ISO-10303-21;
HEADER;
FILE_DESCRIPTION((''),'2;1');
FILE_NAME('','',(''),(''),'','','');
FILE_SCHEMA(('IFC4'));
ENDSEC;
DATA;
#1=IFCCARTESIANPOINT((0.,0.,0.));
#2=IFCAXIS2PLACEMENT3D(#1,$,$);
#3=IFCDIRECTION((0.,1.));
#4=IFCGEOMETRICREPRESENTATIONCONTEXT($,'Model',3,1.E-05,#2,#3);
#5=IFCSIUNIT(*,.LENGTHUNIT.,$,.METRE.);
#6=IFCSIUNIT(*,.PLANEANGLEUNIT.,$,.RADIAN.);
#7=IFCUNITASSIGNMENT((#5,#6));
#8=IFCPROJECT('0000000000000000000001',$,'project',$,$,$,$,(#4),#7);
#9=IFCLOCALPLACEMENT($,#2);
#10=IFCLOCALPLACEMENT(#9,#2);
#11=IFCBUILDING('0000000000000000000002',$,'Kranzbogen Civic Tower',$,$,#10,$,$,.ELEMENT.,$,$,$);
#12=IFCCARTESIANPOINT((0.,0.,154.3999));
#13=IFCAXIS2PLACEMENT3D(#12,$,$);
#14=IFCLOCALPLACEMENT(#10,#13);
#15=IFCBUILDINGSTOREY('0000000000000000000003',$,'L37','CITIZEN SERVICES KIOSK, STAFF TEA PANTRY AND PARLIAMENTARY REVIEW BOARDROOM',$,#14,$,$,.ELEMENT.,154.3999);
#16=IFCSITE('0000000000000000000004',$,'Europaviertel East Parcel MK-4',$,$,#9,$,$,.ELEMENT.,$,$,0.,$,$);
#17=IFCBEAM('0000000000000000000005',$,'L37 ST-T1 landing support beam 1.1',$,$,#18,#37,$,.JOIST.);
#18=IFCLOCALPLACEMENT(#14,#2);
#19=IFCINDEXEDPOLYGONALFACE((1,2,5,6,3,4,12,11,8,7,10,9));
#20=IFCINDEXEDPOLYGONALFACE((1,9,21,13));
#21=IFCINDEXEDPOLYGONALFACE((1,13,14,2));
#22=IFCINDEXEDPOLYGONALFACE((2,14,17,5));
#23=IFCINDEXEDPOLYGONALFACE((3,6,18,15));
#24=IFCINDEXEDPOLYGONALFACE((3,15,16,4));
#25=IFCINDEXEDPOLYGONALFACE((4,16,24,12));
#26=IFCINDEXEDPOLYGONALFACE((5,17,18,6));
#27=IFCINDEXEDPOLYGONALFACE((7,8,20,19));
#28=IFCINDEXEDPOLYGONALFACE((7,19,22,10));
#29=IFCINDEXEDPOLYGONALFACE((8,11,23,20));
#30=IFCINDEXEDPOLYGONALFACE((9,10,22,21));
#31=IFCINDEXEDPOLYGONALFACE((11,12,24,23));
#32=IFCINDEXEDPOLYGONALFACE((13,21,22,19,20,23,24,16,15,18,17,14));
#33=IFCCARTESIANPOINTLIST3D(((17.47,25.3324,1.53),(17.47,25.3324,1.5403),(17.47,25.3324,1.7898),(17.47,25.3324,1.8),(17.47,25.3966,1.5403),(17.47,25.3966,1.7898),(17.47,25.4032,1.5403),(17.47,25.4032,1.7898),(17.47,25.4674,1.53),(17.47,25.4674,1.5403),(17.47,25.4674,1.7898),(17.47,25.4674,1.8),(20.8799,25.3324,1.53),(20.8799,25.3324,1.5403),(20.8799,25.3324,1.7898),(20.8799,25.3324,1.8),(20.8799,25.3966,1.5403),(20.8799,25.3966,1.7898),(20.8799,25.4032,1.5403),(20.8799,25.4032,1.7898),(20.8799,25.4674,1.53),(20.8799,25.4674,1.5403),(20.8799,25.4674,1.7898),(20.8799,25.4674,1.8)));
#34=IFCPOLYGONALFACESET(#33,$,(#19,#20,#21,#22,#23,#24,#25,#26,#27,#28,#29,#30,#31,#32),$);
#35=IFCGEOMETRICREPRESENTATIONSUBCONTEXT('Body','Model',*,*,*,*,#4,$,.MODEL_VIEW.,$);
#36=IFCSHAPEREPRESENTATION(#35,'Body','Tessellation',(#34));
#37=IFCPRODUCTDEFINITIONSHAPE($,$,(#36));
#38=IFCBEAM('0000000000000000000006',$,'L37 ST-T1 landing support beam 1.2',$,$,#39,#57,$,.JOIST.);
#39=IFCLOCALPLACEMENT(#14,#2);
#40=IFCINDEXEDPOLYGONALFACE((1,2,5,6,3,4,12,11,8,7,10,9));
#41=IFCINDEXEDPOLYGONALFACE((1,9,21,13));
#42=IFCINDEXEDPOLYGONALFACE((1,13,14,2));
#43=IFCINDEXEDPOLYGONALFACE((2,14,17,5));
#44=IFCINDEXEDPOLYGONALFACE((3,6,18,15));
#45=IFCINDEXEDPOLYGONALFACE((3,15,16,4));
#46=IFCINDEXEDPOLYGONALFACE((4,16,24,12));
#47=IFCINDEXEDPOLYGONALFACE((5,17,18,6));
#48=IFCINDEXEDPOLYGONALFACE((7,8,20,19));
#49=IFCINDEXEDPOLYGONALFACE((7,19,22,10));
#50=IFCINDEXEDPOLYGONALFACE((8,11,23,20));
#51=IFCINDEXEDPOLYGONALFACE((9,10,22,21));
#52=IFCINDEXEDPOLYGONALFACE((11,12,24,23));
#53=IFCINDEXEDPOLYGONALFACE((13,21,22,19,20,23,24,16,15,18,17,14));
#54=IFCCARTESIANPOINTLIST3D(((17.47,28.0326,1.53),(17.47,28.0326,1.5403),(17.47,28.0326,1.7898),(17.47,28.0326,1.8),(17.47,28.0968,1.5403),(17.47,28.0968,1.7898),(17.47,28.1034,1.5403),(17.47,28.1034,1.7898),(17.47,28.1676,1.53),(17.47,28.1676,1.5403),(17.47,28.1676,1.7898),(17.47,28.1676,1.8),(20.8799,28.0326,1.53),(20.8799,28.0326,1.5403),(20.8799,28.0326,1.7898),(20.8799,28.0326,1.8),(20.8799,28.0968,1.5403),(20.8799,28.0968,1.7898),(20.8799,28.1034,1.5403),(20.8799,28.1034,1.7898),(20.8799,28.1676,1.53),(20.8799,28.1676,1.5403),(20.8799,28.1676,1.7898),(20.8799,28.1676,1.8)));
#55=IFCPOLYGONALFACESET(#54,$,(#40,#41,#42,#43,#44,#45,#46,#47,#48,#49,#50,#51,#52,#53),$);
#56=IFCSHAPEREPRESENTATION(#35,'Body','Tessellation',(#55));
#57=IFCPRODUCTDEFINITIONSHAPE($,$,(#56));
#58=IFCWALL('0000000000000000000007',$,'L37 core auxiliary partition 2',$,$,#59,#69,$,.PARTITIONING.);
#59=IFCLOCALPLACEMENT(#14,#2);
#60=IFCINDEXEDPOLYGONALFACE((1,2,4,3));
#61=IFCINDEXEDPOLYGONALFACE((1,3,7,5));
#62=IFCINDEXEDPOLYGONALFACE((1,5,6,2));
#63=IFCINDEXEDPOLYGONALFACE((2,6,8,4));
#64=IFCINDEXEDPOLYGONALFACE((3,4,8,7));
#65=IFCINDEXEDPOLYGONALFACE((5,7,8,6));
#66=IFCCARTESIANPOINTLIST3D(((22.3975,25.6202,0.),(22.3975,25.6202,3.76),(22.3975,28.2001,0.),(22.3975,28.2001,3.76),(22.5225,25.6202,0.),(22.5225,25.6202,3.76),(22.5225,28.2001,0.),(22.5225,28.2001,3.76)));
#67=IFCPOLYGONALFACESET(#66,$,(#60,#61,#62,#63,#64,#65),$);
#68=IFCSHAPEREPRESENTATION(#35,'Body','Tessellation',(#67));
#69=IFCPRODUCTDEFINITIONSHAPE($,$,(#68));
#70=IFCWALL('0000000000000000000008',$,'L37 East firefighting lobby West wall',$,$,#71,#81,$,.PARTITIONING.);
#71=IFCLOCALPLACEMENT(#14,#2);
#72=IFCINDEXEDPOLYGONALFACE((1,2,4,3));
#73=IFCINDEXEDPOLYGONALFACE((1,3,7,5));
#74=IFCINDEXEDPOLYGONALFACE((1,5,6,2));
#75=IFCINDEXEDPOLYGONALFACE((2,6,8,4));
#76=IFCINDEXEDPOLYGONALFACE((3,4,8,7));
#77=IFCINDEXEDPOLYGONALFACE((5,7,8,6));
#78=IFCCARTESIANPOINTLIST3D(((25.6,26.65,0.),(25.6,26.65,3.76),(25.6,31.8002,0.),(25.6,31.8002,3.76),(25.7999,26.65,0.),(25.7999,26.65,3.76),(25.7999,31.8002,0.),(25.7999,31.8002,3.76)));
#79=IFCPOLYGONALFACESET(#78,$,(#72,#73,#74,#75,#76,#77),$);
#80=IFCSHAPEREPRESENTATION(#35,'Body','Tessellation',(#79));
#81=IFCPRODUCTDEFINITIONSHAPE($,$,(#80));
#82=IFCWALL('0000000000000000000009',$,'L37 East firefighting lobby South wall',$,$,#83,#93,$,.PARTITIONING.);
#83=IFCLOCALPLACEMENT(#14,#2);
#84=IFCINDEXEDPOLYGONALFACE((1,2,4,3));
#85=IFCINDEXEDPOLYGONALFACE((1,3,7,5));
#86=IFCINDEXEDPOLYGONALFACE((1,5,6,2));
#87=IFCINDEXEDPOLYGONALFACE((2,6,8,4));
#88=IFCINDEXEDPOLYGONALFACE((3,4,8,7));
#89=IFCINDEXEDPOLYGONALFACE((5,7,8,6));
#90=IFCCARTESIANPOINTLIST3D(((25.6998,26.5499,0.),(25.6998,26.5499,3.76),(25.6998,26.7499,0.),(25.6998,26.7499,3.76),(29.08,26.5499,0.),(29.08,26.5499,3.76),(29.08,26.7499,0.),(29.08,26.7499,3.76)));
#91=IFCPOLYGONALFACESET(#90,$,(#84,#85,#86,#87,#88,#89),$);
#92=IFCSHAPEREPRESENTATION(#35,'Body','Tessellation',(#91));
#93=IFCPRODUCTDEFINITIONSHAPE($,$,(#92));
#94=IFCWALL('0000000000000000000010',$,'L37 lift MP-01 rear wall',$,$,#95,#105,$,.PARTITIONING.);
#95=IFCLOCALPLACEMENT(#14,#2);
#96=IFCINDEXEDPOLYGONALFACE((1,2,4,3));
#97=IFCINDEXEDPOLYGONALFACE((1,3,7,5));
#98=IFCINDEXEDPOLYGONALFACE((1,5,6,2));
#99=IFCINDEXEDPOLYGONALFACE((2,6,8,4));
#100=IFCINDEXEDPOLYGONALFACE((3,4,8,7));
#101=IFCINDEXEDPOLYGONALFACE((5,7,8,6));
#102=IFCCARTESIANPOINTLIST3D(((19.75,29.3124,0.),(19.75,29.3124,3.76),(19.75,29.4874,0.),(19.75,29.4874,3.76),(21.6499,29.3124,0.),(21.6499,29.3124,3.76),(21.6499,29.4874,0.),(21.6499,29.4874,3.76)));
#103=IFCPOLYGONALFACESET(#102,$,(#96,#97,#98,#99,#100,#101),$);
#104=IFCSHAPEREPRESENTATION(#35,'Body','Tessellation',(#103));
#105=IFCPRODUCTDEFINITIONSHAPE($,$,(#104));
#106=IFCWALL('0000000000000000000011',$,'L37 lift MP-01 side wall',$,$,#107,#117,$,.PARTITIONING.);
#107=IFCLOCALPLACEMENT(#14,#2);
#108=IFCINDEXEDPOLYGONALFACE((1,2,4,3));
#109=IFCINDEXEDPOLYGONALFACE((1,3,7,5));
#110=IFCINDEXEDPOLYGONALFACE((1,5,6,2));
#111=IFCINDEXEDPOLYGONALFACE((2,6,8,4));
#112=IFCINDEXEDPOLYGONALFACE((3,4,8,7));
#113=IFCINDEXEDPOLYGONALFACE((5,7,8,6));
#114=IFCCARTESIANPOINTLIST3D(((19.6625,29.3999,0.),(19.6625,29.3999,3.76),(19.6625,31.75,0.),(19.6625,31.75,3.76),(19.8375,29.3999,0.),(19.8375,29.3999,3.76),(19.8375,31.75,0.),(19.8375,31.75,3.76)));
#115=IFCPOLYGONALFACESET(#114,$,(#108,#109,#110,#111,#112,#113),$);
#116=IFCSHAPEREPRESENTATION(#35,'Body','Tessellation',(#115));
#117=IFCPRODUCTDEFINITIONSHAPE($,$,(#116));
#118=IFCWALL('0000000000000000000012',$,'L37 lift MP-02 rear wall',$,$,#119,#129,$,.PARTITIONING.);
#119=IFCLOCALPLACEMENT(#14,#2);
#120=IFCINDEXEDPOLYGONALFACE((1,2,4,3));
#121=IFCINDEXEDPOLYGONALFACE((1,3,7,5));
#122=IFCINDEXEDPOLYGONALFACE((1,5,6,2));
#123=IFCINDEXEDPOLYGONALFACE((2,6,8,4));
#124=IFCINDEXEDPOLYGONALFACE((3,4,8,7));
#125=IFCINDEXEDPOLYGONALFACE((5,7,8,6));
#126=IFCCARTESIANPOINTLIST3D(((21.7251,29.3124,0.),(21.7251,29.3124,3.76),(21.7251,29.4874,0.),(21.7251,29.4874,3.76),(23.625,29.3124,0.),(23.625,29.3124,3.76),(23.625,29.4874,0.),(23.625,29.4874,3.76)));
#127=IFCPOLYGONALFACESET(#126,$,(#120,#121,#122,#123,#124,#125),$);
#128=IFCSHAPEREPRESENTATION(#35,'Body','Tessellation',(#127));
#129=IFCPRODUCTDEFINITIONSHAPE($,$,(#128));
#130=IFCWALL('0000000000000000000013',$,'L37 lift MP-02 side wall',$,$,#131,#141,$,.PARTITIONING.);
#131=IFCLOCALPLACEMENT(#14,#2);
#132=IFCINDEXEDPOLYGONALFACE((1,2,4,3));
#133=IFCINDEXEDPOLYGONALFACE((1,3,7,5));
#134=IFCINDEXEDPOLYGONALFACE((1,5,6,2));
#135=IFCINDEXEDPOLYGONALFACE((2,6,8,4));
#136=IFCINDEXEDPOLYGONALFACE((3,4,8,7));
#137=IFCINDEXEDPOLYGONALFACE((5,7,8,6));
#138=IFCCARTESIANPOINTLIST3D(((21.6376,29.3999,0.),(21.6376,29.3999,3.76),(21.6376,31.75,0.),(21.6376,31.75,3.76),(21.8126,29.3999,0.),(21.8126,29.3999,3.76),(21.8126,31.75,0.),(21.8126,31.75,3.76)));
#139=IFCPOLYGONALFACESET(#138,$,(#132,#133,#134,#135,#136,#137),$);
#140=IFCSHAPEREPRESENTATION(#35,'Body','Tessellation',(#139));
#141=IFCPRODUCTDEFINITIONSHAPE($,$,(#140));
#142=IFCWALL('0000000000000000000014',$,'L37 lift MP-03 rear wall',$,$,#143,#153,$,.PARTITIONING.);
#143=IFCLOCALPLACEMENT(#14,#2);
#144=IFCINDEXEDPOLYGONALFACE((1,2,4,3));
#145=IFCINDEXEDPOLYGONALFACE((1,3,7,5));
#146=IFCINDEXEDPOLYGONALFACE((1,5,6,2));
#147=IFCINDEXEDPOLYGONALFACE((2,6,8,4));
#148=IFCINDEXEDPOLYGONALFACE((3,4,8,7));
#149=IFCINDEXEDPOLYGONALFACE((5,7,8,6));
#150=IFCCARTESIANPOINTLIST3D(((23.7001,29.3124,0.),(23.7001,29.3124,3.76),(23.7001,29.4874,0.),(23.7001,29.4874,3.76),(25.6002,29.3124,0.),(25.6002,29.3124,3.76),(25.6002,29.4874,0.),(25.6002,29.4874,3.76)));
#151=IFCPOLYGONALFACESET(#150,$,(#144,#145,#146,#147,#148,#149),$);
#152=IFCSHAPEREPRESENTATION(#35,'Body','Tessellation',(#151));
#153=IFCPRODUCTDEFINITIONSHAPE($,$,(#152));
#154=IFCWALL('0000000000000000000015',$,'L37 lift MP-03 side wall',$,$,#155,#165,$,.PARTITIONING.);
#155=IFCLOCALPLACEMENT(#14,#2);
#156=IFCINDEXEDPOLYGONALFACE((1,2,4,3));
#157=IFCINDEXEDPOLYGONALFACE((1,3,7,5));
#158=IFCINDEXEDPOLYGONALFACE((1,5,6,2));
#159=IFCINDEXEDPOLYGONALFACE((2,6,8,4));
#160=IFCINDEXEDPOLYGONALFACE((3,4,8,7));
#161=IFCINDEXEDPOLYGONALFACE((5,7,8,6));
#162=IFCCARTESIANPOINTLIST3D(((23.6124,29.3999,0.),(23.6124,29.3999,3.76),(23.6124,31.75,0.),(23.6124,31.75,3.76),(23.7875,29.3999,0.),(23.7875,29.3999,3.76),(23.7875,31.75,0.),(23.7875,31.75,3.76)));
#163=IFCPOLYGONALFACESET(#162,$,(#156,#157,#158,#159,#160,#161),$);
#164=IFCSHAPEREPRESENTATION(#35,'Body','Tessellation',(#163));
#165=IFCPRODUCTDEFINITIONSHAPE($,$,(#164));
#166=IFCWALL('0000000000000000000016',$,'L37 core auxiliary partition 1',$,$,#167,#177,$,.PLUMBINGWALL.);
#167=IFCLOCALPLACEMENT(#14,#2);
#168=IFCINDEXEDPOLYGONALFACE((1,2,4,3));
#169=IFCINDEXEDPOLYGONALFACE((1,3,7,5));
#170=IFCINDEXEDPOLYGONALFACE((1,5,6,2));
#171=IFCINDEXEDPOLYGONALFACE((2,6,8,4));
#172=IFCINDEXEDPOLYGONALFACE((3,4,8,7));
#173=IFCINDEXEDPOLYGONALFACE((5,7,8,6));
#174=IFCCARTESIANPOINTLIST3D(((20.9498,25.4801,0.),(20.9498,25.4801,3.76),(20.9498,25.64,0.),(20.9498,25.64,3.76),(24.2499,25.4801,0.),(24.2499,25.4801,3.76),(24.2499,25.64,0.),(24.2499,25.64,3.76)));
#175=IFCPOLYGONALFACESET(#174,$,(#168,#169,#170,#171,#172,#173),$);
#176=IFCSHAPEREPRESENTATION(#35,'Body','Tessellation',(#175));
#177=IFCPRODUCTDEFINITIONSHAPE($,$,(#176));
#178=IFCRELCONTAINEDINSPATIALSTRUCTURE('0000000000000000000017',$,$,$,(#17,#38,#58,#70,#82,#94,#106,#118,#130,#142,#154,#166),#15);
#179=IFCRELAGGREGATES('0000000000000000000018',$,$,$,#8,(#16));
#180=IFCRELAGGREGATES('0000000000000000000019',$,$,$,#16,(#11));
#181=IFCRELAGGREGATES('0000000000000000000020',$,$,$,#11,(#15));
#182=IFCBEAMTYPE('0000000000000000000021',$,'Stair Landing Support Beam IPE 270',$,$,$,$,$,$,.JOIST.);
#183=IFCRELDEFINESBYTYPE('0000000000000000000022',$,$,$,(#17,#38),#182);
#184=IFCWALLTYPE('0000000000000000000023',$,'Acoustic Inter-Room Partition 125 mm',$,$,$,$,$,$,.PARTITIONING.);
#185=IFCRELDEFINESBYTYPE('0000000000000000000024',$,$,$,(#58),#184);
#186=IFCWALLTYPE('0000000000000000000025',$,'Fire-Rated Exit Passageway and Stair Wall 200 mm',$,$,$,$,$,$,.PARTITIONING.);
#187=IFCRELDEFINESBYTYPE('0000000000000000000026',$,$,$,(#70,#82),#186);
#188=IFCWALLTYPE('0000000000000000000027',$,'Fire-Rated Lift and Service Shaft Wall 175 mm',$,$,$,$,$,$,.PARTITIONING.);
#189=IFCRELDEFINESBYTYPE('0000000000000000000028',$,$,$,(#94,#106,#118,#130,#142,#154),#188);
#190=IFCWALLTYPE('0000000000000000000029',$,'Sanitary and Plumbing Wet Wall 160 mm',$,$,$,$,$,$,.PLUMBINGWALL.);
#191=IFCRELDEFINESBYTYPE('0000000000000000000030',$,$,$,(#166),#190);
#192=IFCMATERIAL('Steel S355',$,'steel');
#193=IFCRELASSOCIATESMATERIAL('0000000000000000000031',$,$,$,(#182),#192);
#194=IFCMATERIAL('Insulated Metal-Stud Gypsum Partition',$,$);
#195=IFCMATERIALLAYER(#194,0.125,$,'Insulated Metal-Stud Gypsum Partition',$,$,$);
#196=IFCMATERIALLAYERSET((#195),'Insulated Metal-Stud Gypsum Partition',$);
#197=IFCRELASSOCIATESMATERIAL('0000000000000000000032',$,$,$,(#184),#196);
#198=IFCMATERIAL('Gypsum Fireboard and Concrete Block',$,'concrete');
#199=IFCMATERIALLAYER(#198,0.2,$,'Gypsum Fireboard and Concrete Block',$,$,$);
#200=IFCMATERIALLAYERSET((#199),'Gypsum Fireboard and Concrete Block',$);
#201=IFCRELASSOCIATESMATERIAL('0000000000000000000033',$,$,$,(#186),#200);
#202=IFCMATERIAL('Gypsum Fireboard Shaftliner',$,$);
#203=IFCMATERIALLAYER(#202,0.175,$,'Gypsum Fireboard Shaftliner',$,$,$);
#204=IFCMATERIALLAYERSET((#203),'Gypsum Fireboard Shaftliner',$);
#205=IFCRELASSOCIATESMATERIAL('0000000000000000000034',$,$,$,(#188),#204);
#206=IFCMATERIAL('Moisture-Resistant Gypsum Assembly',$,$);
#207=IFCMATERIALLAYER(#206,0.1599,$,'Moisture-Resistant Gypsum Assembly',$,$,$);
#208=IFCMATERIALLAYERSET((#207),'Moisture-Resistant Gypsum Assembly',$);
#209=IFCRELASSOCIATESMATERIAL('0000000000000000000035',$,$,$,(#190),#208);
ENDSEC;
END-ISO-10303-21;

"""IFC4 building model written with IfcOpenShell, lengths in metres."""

from ifc_helpers import new_model, si_unit, direction, frame, frame_2d, origin, origin_2d, place, context, subcontext, project, spatial, rectangle, i_section, extrude, material, layer, layer_set, material_profile, profile_set, type_object, element, save


model = new_model("IFC4")

# Units and contexts
model_context = context("Model", 3, precision=1e-05, world=origin(), true_north=direction((0.0, 1.0)))
body_context = subcontext(model_context, "Body", "Model", "MODEL_VIEW")
ifc_project = project(units=[si_unit("LENGTHUNIT", "METRE"), si_unit("PLANEANGLEUNIT", "RADIAN")], contexts=[model_context])

# Site, building, storey
site_placement = place(None, origin())
site = spatial("IfcSite", under=ifc_project, at=site_placement, Name="Europaviertel East Parcel MK-4", CompositionType="ELEMENT", RefElevation=0.0)
building_placement = place(site_placement, origin())
building = spatial("IfcBuilding", under=site, at=building_placement, Name="Kranzbogen Civic Tower", CompositionType="ELEMENT")
storey_placement = place(building_placement, frame((0.0, 0.0, 154.3999)))
storey = spatial("IfcBuildingStorey", under=building, at=storey_placement, Name="L37", Description="CITIZEN SERVICES KIOSK, STAFF TEA PANTRY AND PARLIAMENTARY REVIEW BOARDROOM", CompositionType="ELEMENT", Elevation=154.3999)

# Beams
ifc_material_1 = material(Name="Steel S355", Category="steel")
ifc_material_profile = material_profile(ifc_material_1, i_section(OverallWidth=0.135, OverallDepth=0.27, WebThickness=0.0066, FlangeThickness=0.0103, at=origin_2d()), Name="IPE 270")
ifc_profile_set = profile_set([ifc_material_profile], Name="Steel S355")
beam_type = type_object("IfcBeamType", Name="Stair Landing Support Beam IPE 270", PredefinedType="JOIST", material=ifc_profile_set)
for number, where, z_axis, x_axis, name in (
    (1, (20.8799, 25.3999, 1.665), (-1.0, 0.0, 0.0), (0.0, -1.0, 0.0), "L37 ST-T1 landing support beam 1.1"),
    (2, (20.8799, 28.1001, 1.665), (-1.0, 0.0, 0.0), (0.0, -1.0, 0.0), "L37 ST-T1 landing support beam 1.2"),
):
    element("IfcBeam", number, at=place(storey_placement, frame(where, z_axis=z_axis, x_axis=x_axis)), inside=storey, type_object=beam_type, Name=name, PredefinedType="JOIST", context=body_context, shape_type="SweptSolid", body=[
        extrude(i_section(OverallWidth=0.135, OverallDepth=0.27, WebThickness=0.0066, FlangeThickness=0.0103, at=origin_2d()), origin(), (0.0, 0.0, 1.0), 3.4099),
    ])

# Shared definitions
ifc_material_2 = material(Name="Insulated Metal-Stud Gypsum Partition")
ifc_layer_1 = layer(ifc_material_2, 0.125, Name="Insulated Metal-Stud Gypsum Partition")
ifc_layer_set_1 = layer_set([ifc_layer_1], Name="Insulated Metal-Stud Gypsum Partition")
wall_type_1 = type_object("IfcWallType", Name="Acoustic Inter-Room Partition 125 mm", PredefinedType="PARTITIONING", material=ifc_layer_set_1)

# Walls
wall_1_placement = place(storey_placement, frame((22.46, 25.6201, 0.0), z_axis=(0.0, 0.0, 1.0), x_axis=(0.0, 1.0, 0.0)))
element("IfcWall", 3, at=wall_1_placement, inside=storey, type_object=wall_type_1, Name="L37 core auxiliary partition 2", PredefinedType="PARTITIONING", context=body_context, shape_type="SweptSolid", body=[
    extrude(rectangle(XDim=2.5798, YDim=0.125, at=frame_2d((1.29, 0.0))), origin(), (0.0, 0.0, 1.0), 3.76),
])
ifc_material_3 = material(Name="Gypsum Fireboard and Concrete Block", Category="concrete")
ifc_layer_2 = layer(ifc_material_3, 0.2, Name="Gypsum Fireboard and Concrete Block")
ifc_layer_set_2 = layer_set([ifc_layer_2], Name="Gypsum Fireboard and Concrete Block")
wall_type_2 = type_object("IfcWallType", Name="Fire-Rated Exit Passageway and Stair Wall 200 mm", PredefinedType="PARTITIONING", material=ifc_layer_set_2)
wall_2_placement = place(storey_placement, frame((25.7, 26.6499, 0.0), z_axis=(0.0, 0.0, 1.0), x_axis=(0.0, 1.0, 0.0)))
element("IfcWall", 4, at=wall_2_placement, inside=storey, type_object=wall_type_2, Name="L37 East firefighting lobby West wall", PredefinedType="PARTITIONING", context=body_context, shape_type="SweptSolid", body=[
    extrude(rectangle(XDim=5.1501, YDim=0.2, at=frame_2d((2.5752, 0.0))), origin(), (0.0, 0.0, 1.0), 3.76),
])
wall_3_placement = place(storey_placement, frame((25.7, 26.6499, 0.0), z_axis=(0.0, 0.0, 1.0), x_axis=(1.0, 0.0, 0.0)))
element("IfcWall", 5, at=wall_3_placement, inside=storey, type_object=wall_type_2, Name="L37 East firefighting lobby South wall", PredefinedType="PARTITIONING", context=body_context, shape_type="SweptSolid", body=[
    extrude(rectangle(XDim=3.3801, YDim=0.2, at=frame_2d((1.6899, 0.0))), origin(), (0.0, 0.0, 1.0), 3.76),
])
ifc_material_4 = material(Name="Gypsum Fireboard Shaftliner")
ifc_layer_3 = layer(ifc_material_4, 0.175, Name="Gypsum Fireboard Shaftliner")
ifc_layer_set_3 = layer_set([ifc_layer_3], Name="Gypsum Fireboard Shaftliner")
wall_type_3 = type_object("IfcWallType", Name="Fire-Rated Lift and Service Shaft Wall 175 mm", PredefinedType="PARTITIONING", material=ifc_layer_set_3)
wall_4_placement = place(storey_placement, frame((19.75, 29.3999, 0.0), z_axis=(0.0, 0.0, 1.0), x_axis=(1.0, 0.0, 0.0)))
element("IfcWall", 6, at=wall_4_placement, inside=storey, type_object=wall_type_3, Name="L37 lift MP-01 rear wall", PredefinedType="PARTITIONING", context=body_context, shape_type="SweptSolid", body=[
    extrude(rectangle(XDim=1.8999, YDim=0.175, at=frame_2d((0.95, 0.0))), origin(), (0.0, 0.0, 1.0), 3.76),
])
wall_5_placement = place(storey_placement, frame((19.75, 29.3999, 0.0), z_axis=(0.0, 0.0, 1.0), x_axis=(0.0, 1.0, 0.0)))
element("IfcWall", 7, at=wall_5_placement, inside=storey, type_object=wall_type_3, Name="L37 lift MP-01 side wall", PredefinedType="PARTITIONING", context=body_context, shape_type="SweptSolid", body=[
    extrude(rectangle(XDim=2.3501, YDim=0.175, at=frame_2d((1.175, 0.0))), origin(), (0.0, 0.0, 1.0), 3.76),
])
wall_6_placement = place(storey_placement, frame((21.7251, 29.3999, 0.0), z_axis=(0.0, 0.0, 1.0), x_axis=(1.0, 0.0, 0.0)))
element("IfcWall", 8, at=wall_6_placement, inside=storey, type_object=wall_type_3, Name="L37 lift MP-02 rear wall", PredefinedType="PARTITIONING", context=body_context, shape_type="SweptSolid", body=[
    extrude(rectangle(XDim=1.8999, YDim=0.175, at=frame_2d((0.95, 0.0))), origin(), (0.0, 0.0, 1.0), 3.76),
])
wall_7_placement = place(storey_placement, frame((21.7251, 29.3999, 0.0), z_axis=(0.0, 0.0, 1.0), x_axis=(0.0, 1.0, 0.0)))
element("IfcWall", 9, at=wall_7_placement, inside=storey, type_object=wall_type_3, Name="L37 lift MP-02 side wall", PredefinedType="PARTITIONING", context=body_context, shape_type="SweptSolid", body=[
    extrude(rectangle(XDim=2.3501, YDim=0.175, at=frame_2d((1.175, 0.0))), origin(), (0.0, 0.0, 1.0), 3.76),
])
wall_8_placement = place(storey_placement, frame((23.7, 29.3999, 0.0), z_axis=(0.0, 0.0, 1.0), x_axis=(1.0, 0.0, 0.0)))
element("IfcWall", 10, at=wall_8_placement, inside=storey, type_object=wall_type_3, Name="L37 lift MP-03 rear wall", PredefinedType="PARTITIONING", context=body_context, shape_type="SweptSolid", body=[
    extrude(rectangle(XDim=1.9001, YDim=0.175, at=frame_2d((0.9502, 0.0))), origin(), (0.0, 0.0, 1.0), 3.76),
])
wall_9_placement = place(storey_placement, frame((23.7, 29.3999, 0.0), z_axis=(0.0, 0.0, 1.0), x_axis=(0.0, 1.0, 0.0)))
element("IfcWall", 11, at=wall_9_placement, inside=storey, type_object=wall_type_3, Name="L37 lift MP-03 side wall", PredefinedType="PARTITIONING", context=body_context, shape_type="SweptSolid", body=[
    extrude(rectangle(XDim=2.3501, YDim=0.175, at=frame_2d((1.175, 0.0))), origin(), (0.0, 0.0, 1.0), 3.76),
])
ifc_material_5 = material(Name="Moisture-Resistant Gypsum Assembly")
ifc_layer_4 = layer(ifc_material_5, 0.1599, Name="Moisture-Resistant Gypsum Assembly")
ifc_layer_set_4 = layer_set([ifc_layer_4], Name="Moisture-Resistant Gypsum Assembly")
wall_type_4 = type_object("IfcWallType", Name="Sanitary and Plumbing Wet Wall 160 mm", PredefinedType="PLUMBINGWALL", material=ifc_layer_set_4)
wall_10_placement = place(storey_placement, frame((20.95, 25.5601, 0.0), z_axis=(0.0, 0.0, 1.0), x_axis=(1.0, 0.0, 0.0)))
element("IfcWall", 12, at=wall_10_placement, inside=storey, type_object=wall_type_4, Name="L37 core auxiliary partition 1", PredefinedType="PLUMBINGWALL", context=body_context, shape_type="SweptSolid", body=[
    extrude(rectangle(XDim=3.3, YDim=0.1599, at=frame_2d((1.6499, 0.0))), origin(), (0.0, 0.0, 1.0), 3.76),
])

save(model, "model.ifc")
